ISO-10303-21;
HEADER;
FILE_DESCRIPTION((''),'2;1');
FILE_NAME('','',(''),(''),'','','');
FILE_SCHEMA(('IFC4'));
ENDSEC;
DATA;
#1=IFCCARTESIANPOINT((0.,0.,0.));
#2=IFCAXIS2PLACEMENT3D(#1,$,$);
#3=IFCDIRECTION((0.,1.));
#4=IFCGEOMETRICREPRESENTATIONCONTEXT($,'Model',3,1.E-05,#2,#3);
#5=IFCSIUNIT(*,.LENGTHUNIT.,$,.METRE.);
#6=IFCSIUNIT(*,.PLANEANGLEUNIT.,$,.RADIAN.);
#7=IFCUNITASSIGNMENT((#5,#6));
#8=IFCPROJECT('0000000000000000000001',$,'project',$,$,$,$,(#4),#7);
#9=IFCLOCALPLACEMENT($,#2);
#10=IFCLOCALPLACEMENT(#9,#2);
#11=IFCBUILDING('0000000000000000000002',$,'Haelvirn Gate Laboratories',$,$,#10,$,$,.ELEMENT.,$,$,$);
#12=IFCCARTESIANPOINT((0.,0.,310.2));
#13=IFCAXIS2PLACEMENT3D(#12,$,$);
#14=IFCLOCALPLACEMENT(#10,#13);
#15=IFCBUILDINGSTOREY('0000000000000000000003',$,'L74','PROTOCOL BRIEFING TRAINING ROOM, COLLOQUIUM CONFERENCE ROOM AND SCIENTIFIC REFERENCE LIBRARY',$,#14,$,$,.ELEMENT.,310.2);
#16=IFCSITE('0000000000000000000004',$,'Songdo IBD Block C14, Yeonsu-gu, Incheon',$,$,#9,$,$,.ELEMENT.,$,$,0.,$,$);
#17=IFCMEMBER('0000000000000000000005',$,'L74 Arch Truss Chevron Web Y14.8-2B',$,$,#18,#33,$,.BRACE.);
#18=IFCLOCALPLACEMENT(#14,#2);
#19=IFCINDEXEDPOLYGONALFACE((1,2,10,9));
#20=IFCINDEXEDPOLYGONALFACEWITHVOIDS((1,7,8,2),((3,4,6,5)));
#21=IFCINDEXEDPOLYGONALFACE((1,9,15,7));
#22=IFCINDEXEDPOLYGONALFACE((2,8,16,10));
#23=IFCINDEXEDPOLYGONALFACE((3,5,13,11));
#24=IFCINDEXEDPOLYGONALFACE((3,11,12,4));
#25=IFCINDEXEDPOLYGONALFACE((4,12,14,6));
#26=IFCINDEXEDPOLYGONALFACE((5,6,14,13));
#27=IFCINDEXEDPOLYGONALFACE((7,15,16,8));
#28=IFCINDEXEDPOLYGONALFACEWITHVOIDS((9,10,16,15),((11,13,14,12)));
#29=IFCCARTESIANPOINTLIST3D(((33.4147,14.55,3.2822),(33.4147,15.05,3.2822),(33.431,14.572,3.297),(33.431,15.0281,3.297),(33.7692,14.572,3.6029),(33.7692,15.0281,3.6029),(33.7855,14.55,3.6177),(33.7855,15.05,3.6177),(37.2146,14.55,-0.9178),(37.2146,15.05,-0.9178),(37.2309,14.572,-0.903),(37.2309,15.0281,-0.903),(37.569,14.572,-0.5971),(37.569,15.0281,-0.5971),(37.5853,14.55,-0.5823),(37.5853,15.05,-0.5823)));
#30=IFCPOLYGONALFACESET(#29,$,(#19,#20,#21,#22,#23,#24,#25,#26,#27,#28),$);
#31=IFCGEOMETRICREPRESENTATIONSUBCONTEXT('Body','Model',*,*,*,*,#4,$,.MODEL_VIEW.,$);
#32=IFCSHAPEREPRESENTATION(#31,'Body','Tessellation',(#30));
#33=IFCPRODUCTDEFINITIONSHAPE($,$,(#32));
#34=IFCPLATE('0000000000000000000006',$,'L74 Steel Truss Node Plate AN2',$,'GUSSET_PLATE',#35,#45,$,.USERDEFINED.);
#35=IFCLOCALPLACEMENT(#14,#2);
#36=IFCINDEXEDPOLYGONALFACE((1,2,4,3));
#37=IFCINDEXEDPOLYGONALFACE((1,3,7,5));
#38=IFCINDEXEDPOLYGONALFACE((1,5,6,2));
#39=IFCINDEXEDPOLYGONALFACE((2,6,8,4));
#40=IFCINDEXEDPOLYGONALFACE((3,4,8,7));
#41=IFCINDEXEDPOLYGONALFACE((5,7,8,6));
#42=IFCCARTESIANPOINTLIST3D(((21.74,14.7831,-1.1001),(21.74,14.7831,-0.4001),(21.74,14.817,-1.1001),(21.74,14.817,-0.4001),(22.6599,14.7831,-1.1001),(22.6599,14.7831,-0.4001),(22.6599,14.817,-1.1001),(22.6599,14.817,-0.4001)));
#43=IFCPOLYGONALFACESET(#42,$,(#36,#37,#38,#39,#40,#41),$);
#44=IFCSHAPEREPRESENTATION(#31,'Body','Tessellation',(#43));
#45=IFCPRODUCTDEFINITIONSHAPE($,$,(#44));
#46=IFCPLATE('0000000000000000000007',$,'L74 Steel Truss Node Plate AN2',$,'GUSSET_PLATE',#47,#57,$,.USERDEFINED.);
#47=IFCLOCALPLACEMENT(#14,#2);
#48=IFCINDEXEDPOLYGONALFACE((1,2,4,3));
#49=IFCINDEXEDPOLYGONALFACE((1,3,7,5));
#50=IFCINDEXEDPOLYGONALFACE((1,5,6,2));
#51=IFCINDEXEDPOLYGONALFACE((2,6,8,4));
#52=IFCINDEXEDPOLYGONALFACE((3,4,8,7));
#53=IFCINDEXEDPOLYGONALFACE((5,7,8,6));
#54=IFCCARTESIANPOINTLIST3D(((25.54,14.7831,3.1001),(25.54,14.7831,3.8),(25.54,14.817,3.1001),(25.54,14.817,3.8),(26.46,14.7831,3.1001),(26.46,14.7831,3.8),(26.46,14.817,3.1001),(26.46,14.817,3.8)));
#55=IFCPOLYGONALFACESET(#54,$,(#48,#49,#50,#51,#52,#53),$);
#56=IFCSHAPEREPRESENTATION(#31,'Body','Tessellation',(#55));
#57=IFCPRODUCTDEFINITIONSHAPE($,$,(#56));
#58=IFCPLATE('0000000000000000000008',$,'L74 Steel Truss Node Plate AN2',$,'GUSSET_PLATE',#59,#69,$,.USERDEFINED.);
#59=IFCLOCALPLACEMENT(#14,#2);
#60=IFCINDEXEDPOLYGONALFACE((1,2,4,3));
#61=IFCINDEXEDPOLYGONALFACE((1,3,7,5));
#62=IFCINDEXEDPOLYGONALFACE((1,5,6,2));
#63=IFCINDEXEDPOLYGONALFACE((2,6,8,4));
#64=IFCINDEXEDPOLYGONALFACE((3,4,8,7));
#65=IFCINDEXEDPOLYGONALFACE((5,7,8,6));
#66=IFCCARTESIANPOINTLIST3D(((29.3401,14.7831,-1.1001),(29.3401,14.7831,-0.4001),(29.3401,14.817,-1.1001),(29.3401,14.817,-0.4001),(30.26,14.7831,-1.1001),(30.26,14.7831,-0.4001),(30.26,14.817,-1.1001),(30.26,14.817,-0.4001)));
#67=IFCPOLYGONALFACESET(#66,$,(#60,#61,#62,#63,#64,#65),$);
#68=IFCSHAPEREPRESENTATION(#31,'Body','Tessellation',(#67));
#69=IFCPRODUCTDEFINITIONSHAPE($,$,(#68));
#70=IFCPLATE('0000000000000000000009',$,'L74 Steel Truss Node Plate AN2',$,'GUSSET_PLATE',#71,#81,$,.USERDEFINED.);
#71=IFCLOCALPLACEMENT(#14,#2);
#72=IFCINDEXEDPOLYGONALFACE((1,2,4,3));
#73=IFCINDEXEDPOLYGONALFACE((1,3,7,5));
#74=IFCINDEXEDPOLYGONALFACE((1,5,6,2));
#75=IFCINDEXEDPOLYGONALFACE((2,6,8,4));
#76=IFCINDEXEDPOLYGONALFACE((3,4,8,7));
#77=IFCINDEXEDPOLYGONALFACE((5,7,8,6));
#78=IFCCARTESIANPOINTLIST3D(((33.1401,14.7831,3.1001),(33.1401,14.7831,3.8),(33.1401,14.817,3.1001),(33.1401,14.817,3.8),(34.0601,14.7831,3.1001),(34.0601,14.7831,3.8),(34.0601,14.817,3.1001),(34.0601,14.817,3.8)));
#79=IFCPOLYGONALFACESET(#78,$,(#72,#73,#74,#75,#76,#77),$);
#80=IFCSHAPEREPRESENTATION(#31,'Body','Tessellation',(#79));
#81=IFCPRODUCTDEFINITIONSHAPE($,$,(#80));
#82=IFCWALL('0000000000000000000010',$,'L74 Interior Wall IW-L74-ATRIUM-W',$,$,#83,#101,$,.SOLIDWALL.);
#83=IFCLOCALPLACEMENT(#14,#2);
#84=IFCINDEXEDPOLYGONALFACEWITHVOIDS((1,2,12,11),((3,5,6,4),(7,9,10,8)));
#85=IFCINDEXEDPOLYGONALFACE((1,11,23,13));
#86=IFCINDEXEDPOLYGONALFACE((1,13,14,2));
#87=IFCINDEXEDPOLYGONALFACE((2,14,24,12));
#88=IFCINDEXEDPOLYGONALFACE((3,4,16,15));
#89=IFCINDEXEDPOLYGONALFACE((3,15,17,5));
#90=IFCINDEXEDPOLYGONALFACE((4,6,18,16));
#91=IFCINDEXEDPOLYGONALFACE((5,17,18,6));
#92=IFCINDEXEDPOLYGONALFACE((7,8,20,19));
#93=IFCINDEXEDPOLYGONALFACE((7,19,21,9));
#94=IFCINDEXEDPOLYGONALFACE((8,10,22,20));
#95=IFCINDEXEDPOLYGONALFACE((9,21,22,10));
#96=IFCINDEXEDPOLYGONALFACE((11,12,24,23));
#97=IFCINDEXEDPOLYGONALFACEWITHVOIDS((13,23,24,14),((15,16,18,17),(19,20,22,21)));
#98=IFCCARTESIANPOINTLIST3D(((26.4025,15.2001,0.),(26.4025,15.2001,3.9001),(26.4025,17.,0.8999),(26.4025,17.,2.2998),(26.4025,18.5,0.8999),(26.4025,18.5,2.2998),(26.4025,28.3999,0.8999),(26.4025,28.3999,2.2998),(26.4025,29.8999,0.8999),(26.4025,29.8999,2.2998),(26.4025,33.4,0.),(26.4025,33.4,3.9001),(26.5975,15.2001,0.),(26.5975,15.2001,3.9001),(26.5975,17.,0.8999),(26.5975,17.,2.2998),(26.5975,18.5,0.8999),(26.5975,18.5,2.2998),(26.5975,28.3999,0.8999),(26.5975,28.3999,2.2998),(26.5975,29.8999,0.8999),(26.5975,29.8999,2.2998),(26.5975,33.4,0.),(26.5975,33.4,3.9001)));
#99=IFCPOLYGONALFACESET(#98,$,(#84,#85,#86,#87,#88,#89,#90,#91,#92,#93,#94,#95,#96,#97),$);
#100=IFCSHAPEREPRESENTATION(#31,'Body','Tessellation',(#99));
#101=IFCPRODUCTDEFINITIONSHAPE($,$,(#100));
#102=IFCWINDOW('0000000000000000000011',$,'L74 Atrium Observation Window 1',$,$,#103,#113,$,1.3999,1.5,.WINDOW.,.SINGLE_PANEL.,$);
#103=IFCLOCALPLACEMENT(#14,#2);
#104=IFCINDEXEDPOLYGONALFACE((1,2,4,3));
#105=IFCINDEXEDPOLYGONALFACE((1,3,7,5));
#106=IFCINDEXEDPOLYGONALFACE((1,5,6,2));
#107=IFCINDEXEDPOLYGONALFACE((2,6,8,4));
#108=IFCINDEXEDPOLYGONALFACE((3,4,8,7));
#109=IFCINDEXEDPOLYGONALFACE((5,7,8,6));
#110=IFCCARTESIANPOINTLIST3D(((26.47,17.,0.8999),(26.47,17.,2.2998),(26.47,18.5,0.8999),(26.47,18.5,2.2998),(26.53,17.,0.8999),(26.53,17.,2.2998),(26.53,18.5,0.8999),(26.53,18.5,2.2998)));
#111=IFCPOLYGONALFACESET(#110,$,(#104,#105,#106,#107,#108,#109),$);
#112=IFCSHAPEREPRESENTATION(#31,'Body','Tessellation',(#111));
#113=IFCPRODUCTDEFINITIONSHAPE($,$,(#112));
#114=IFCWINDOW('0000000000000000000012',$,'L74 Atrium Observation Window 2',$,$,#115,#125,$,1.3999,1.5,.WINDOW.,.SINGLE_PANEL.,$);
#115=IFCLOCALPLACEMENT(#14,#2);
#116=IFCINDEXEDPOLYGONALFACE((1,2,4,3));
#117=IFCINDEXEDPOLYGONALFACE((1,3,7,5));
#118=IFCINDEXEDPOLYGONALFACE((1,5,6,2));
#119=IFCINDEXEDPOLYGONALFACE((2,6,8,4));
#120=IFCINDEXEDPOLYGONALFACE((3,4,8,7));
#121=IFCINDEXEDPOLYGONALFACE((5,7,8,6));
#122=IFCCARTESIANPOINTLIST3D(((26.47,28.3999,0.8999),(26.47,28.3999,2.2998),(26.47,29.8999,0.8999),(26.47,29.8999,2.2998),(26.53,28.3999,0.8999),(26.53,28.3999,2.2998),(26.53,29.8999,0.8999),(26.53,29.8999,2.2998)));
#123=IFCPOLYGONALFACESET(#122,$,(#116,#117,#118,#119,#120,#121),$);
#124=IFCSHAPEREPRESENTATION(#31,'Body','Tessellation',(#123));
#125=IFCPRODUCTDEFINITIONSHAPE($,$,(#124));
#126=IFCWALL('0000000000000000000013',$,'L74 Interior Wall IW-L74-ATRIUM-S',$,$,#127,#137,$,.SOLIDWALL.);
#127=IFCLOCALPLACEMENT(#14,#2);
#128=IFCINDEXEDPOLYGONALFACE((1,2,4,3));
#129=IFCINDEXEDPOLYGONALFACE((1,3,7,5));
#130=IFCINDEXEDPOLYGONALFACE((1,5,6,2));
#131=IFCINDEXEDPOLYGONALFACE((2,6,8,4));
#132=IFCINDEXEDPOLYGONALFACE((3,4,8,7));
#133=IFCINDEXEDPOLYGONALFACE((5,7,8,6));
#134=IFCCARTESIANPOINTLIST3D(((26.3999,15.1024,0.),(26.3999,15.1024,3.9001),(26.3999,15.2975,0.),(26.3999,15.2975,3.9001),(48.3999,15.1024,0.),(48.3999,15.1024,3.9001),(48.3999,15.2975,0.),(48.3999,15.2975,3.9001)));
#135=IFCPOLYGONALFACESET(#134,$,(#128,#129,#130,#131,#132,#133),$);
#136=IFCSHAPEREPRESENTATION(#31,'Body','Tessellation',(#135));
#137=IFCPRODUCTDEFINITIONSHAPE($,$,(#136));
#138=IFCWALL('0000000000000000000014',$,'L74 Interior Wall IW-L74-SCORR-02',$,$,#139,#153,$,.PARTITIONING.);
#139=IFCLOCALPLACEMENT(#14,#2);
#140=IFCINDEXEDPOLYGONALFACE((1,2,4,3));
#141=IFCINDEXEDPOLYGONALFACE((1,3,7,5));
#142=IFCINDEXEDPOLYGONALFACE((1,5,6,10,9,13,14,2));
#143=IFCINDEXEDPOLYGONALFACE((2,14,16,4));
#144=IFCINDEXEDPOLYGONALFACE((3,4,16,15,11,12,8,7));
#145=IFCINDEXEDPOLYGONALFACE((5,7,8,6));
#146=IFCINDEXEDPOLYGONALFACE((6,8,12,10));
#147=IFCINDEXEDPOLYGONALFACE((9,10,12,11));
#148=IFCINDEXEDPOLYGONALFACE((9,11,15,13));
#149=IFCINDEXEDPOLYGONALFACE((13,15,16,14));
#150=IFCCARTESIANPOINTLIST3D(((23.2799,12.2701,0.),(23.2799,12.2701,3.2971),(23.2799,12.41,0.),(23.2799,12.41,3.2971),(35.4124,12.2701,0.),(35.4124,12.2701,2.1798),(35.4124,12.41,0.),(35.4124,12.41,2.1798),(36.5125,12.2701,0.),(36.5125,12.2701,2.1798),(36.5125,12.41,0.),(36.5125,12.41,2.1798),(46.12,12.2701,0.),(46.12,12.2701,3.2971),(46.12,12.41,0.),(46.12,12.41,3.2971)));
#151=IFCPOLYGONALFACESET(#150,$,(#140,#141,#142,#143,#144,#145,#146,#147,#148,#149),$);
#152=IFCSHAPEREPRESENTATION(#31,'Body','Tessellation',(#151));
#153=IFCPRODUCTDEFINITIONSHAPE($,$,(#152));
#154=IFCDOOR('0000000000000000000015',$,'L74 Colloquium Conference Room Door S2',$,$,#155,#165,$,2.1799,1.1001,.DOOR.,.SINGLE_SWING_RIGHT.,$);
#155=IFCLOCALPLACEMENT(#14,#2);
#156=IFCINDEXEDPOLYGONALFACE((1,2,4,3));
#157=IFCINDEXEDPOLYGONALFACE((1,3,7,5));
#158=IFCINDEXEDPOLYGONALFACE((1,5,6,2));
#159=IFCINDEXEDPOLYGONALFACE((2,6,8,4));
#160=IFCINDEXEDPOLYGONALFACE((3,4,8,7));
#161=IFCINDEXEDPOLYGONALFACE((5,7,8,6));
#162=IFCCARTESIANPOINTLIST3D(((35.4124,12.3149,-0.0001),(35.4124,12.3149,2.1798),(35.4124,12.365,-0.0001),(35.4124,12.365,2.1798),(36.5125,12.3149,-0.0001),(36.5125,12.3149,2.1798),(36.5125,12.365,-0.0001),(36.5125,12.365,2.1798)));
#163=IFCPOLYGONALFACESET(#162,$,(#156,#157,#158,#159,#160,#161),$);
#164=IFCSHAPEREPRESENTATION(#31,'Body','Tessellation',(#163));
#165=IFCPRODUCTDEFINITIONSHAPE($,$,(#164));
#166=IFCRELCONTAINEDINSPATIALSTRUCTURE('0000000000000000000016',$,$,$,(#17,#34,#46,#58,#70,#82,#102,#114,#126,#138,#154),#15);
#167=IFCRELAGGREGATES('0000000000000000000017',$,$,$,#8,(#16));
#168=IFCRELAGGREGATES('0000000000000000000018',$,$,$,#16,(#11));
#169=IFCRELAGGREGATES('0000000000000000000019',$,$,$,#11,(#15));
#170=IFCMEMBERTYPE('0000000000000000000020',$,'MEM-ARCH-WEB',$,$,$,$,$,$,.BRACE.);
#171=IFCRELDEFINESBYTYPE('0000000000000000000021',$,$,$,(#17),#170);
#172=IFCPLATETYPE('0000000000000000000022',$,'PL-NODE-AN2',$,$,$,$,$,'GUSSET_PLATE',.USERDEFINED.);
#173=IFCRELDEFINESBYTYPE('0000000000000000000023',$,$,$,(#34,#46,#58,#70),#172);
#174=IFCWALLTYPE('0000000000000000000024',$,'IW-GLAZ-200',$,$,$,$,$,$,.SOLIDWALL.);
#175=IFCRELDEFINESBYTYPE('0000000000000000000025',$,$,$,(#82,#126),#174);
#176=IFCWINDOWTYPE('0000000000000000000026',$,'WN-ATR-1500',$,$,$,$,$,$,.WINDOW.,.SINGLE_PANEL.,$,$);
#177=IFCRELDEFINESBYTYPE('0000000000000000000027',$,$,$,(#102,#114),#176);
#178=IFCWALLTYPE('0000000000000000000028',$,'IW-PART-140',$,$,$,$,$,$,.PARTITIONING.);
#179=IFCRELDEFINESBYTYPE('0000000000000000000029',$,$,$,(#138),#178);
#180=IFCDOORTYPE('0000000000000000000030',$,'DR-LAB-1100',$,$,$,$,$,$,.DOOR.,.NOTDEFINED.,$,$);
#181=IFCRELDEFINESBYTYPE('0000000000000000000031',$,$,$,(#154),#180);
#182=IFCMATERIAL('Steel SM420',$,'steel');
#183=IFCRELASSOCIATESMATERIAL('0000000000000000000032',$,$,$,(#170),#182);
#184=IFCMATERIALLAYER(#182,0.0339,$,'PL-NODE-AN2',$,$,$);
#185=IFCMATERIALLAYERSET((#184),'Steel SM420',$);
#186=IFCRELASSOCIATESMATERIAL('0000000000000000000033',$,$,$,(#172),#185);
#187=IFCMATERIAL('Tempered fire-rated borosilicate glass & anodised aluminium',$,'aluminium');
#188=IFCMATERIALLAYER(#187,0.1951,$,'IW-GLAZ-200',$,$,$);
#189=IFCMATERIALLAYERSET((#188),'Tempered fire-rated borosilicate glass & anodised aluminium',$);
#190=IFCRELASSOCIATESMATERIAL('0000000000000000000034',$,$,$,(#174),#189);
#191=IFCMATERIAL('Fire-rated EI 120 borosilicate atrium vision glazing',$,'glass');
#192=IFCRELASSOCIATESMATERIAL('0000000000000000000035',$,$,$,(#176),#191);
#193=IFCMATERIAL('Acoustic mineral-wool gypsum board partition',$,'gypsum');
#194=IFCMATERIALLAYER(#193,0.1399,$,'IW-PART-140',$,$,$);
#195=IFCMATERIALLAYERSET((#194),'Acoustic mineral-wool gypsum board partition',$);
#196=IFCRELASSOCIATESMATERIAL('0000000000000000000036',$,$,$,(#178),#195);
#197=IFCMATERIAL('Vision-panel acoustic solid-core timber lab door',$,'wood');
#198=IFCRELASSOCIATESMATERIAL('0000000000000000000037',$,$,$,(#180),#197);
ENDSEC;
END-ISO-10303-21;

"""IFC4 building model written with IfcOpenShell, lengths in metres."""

from ifc_helpers import new_model, si_unit, direction, frame, frame_2d, origin, origin_2d, place, context, subcontext, project, spatial, rectangle, hollow_rectangle, extrude, source, transform, mapped, material, layer, layer_set, material_profile, profile_set, type_object, type_shapes, element, fill, save


model = new_model("IFC4")

# Units and contexts
model_context = context("Model", 3, precision=1e-05, world=origin(), true_north=direction((0.0, 1.0)))
body_context = subcontext(model_context, "Body", "Model", "MODEL_VIEW")
ifc_project = project(units=[si_unit("LENGTHUNIT", "METRE"), si_unit("PLANEANGLEUNIT", "RADIAN")], contexts=[model_context])

# Site, building, storey
site_placement = place(None, origin())
site = spatial("IfcSite", under=ifc_project, at=site_placement, Name="Songdo IBD Block C14, Yeonsu-gu, Incheon", CompositionType="ELEMENT", RefElevation=0.0)
building_placement = place(site_placement, origin())
building = spatial("IfcBuilding", under=site, at=building_placement, Name="Haelvirn Gate Laboratories", CompositionType="ELEMENT")
storey_placement = place(building_placement, frame((0.0, 0.0, 310.2)))
storey = spatial("IfcBuildingStorey", under=building, at=storey_placement, Name="L74", Description="PROTOCOL BRIEFING TRAINING ROOM, COLLOQUIUM CONFERENCE ROOM AND SCIENTIFIC REFERENCE LIBRARY", CompositionType="ELEMENT", Elevation=310.2)

# Shared definitions
ifc_material_1 = material(Name="Steel SM420", Category="steel")

# Member
ifc_material_profile_1 = material_profile(ifc_material_1, hollow_rectangle(XDim=0.5, YDim=0.5, WallThickness=0.022, at=origin_2d()), Name="BOX-500x500x22")
ifc_profile_set_1 = profile_set([ifc_material_profile_1], Name="Steel SM420")
member_type = type_object("IfcMemberType", Name="MEM-ARCH-WEB", PredefinedType="BRACE", material=ifc_profile_set_1)
shared_shape_1 = source(origin(), body_context, "Body", "SweptSolid", [
    extrude(hollow_rectangle(XDim=0.5, YDim=0.5, WallThickness=0.022, at=origin_2d()), origin(), (0.0, 0.0, 1.0), 5.6638),
])
type_shapes(member_type, [shared_shape_1])
for number, where, z_axis, x_axis, name in (
    (1, (33.6001, 14.8, 3.45), (0.670899, 0.0, -0.741549), (0.0, 1.0, 0.0), "L74 Arch Truss Chevron Web Y14.8-2B"),
):
    element("IfcMember", number, at=place(storey_placement, frame(where, z_axis=z_axis, x_axis=x_axis)), inside=storey, type_object=member_type, Name=name, PredefinedType="BRACE", context=body_context, shape_type="MappedRepresentation", body=[
        mapped(shared_shape_1, transform((0.0, 0.0, 0.0), scale=1.0)),
    ])

# Plates
ifc_layer_1 = layer(ifc_material_1, 0.0339, Name="PL-NODE-AN2")
ifc_layer_set_1 = layer_set([ifc_layer_1], Name="Steel SM420")
plate_type = type_object("IfcPlateType", Name="PL-NODE-AN2", ElementType="GUSSET_PLATE", PredefinedType="USERDEFINED", material=ifc_layer_set_1)
shared_shape_2 = source(origin(), body_context, "Body", "SweptSolid", [
    extrude(rectangle(XDim=0.9199, YDim=0.0339, at=origin_2d()), origin(), (0.0, 0.0, 1.0), 0.7),
])
type_shapes(plate_type, [shared_shape_2])
for number, where, z_axis, x_axis, name in (
    (2, (22.2, 14.8, -1.1001), (0.0, 0.0, 1.0), (1.0, 0.0, 0.0), "L74 Steel Truss Node Plate AN2"),
    (3, (26.0, 14.8, 3.1001), (0.0, 0.0, 1.0), (1.0, 0.0, 0.0), "L74 Steel Truss Node Plate AN2"),
    (4, (29.8, 14.8, -1.1001), (0.0, 0.0, 1.0), (1.0, 0.0, 0.0), "L74 Steel Truss Node Plate AN2"),
    (5, (33.6001, 14.8, 3.1001), (0.0, 0.0, 1.0), (1.0, 0.0, 0.0), "L74 Steel Truss Node Plate AN2"),
):
    element("IfcPlate", number, at=place(storey_placement, frame(where, z_axis=z_axis, x_axis=x_axis)), inside=storey, type_object=plate_type, Name=name, ObjectType="GUSSET_PLATE", PredefinedType="USERDEFINED", context=body_context, shape_type="MappedRepresentation", body=[
        mapped(shared_shape_2, transform((0.0, 0.0, 0.0), scale=1.0)),
    ])

# Wall, openings, windows
ifc_material_2 = material(Name="Tempered fire-rated borosilicate glass & anodised aluminium", Category="aluminium")
ifc_layer_2 = layer(ifc_material_2, 0.1951, Name="IW-GLAZ-200")
ifc_layer_set_2 = layer_set([ifc_layer_2], Name="Tempered fire-rated borosilicate glass & anodised aluminium")
wall_type_1 = type_object("IfcWallType", Name="IW-GLAZ-200", PredefinedType="SOLIDWALL", material=ifc_layer_set_2)
wall_1_placement = place(storey_placement, frame((26.5, 15.2, 0.0), z_axis=(0.0, 0.0, 1.0), x_axis=(0.0, 1.0, 0.0)))
wall_1 = element("IfcWall", 6, at=wall_1_placement, inside=storey, type_object=wall_type_1, Name="L74 Interior Wall IW-L74-ATRIUM-W", PredefinedType="SOLIDWALL", context=body_context, shape_type="SweptSolid", body=[
    extrude(rectangle(XDim=18.2, YDim=0.1951, at=frame_2d((9.1001, 0.0))), origin(), (0.0, 0.0, 1.0), 3.9001),
])
opening_1_placement = place(wall_1_placement, frame((1.8, 0.0, 0.8999)))
opening_1 = element("IfcOpeningElement", 7, at=opening_1_placement, cuts=wall_1, PredefinedType="OPENING", context=body_context, shape_type="SweptSolid", body=[
    extrude(rectangle(XDim=1.5, YDim=1.3999, at=frame_2d((0.75, 0.7))), frame((0.0, 0.1074, 0.0), z_axis=(0.0, -1.0, 0.0), x_axis=(1.0, 0.0, 0.0)), (0.0, 0.0, 1.0), 0.2151),
])
opening_2_placement = place(wall_1_placement, frame((13.2, 0.0, 0.8999)))
opening_2 = element("IfcOpeningElement", 8, at=opening_2_placement, cuts=wall_1, PredefinedType="OPENING", context=body_context, shape_type="SweptSolid", body=[
    extrude(rectangle(XDim=1.5, YDim=1.3999, at=frame_2d((0.75, 0.7))), frame((0.0, 0.1074, 0.0), z_axis=(0.0, -1.0, 0.0), x_axis=(1.0, 0.0, 0.0)), (0.0, 0.0, 1.0), 0.2151),
])
ifc_material_3 = material(Name="Fire-rated EI 120 borosilicate atrium vision glazing", Category="glass")
window_type = type_object("IfcWindowType", Name="WN-ATR-1500", PartitioningType="SINGLE_PANEL", PredefinedType="WINDOW", material=ifc_material_3)
shared_shape_3 = source(origin(), body_context, "Body", "SweptSolid", [
    extrude(rectangle(XDim=1.5, YDim=1.3999, at=frame_2d((0.75, 0.7))), frame((0.0, 0.03, 0.0), z_axis=(0.0, -1.0, 0.0), x_axis=(1.0, 0.0, 0.0)), (0.0, 0.0, 1.0), 0.0601),
])
type_shapes(window_type, [shared_shape_3])
window_1_placement = place(opening_1_placement, origin())
window_1 = element("IfcWindow", 9, at=window_1_placement, inside=storey, type_object=window_type, Name="L74 Atrium Observation Window 1", OverallHeight=1.3999, OverallWidth=1.5, PartitioningType="SINGLE_PANEL", PredefinedType="WINDOW", context=body_context, shape_type="MappedRepresentation", body=[
    mapped(shared_shape_3, transform((0.0, 0.0, 0.0), scale=1.0)),
])
fill(opening_1, window_1)
window_2_placement = place(opening_2_placement, origin())
window_2 = element("IfcWindow", 10, at=window_2_placement, inside=storey, type_object=window_type, Name="L74 Atrium Observation Window 2", OverallHeight=1.3999, OverallWidth=1.5, PartitioningType="SINGLE_PANEL", PredefinedType="WINDOW", context=body_context, shape_type="MappedRepresentation", body=[
    mapped(shared_shape_3, transform((0.0, 0.0, 0.0), scale=1.0)),
])
fill(opening_2, window_2)

# Wall
wall_2_placement = place(storey_placement, frame((26.3999, 15.2, 0.0), z_axis=(0.0, 0.0, 1.0), x_axis=(1.0, 0.0, 0.0)))
element("IfcWall", 11, at=wall_2_placement, inside=storey, type_object=wall_type_1, Name="L74 Interior Wall IW-L74-ATRIUM-S", PredefinedType="SOLIDWALL", context=body_context, shape_type="SweptSolid", body=[
    extrude(rectangle(XDim=22.0, YDim=0.1951, at=frame_2d((11.0, 0.0))), origin(), (0.0, 0.0, 1.0), 3.9001),
])

# Wall, opening, door
ifc_material_4 = material(Name="Acoustic mineral-wool gypsum board partition", Category="gypsum")
ifc_layer_3 = layer(ifc_material_4, 0.1399, Name="IW-PART-140")
ifc_layer_set_3 = layer_set([ifc_layer_3], Name="Acoustic mineral-wool gypsum board partition")
wall_type_2 = type_object("IfcWallType", Name="IW-PART-140", PredefinedType="PARTITIONING", material=ifc_layer_set_3)
wall_3_placement = place(storey_placement, frame((23.28, 12.3401, 0.0), z_axis=(0.0, 0.0, 1.0), x_axis=(1.0, 0.0, 0.0)))
wall_3 = element("IfcWall", 12, at=wall_3_placement, inside=storey, type_object=wall_type_2, Name="L74 Interior Wall IW-L74-SCORR-02", PredefinedType="PARTITIONING", context=body_context, shape_type="SweptSolid", body=[
    extrude(rectangle(XDim=22.8401, YDim=0.1399, at=frame_2d((11.4199, 0.0))), origin(), (0.0, 0.0, 1.0), 3.2971),
])
opening_3_placement = place(wall_3_placement, frame((12.1323, 0.0, 0.0)))
opening_3 = element("IfcOpeningElement", 13, at=opening_3_placement, cuts=wall_3, PredefinedType="OPENING", context=body_context, shape_type="SweptSolid", body=[
    extrude(rectangle(XDim=1.1001, YDim=2.1799, at=frame_2d((0.55, 1.0898))), frame((0.0, 0.0801, 0.0), z_axis=(0.0, -1.0, 0.0), x_axis=(1.0, 0.0, 0.0)), (0.0, 0.0, 1.0), 0.1599),
])
ifc_material_5 = material(Name="Vision-panel acoustic solid-core timber lab door", Category="wood")
door_type_1 = type_object("IfcDoorType", Name="DR-LAB-1100", OperationType="NOTDEFINED", PredefinedType="DOOR", material=ifc_material_5)
shared_shape_4 = source(origin(), body_context, "Body", "SweptSolid", [
    extrude(rectangle(XDim=1.1001, YDim=2.1799, at=frame_2d((0.55, 1.0898))), frame((0.0, 0.0249, 0.0), z_axis=(0.0, -1.0, 0.0), x_axis=(1.0, 0.0, 0.0)), (0.0, 0.0, 1.0), 0.05),
])
type_shapes(door_type_1, [shared_shape_4])
door_1_placement = place(opening_3_placement, origin())
door_1 = element("IfcDoor", 14, at=door_1_placement, inside=storey, type_object=door_type_1, Name="L74 Colloquium Conference Room Door S2", OperationType="SINGLE_SWING_RIGHT", OverallHeight=2.1799, OverallWidth=1.1001, PredefinedType="DOOR", context=body_context, shape_type="MappedRepresentation", body=[
    mapped(shared_shape_4, transform((0.0, 0.0, 0.0), scale=1.0)),
])
fill(opening_3, door_1)

save(model, "model.ifc")
